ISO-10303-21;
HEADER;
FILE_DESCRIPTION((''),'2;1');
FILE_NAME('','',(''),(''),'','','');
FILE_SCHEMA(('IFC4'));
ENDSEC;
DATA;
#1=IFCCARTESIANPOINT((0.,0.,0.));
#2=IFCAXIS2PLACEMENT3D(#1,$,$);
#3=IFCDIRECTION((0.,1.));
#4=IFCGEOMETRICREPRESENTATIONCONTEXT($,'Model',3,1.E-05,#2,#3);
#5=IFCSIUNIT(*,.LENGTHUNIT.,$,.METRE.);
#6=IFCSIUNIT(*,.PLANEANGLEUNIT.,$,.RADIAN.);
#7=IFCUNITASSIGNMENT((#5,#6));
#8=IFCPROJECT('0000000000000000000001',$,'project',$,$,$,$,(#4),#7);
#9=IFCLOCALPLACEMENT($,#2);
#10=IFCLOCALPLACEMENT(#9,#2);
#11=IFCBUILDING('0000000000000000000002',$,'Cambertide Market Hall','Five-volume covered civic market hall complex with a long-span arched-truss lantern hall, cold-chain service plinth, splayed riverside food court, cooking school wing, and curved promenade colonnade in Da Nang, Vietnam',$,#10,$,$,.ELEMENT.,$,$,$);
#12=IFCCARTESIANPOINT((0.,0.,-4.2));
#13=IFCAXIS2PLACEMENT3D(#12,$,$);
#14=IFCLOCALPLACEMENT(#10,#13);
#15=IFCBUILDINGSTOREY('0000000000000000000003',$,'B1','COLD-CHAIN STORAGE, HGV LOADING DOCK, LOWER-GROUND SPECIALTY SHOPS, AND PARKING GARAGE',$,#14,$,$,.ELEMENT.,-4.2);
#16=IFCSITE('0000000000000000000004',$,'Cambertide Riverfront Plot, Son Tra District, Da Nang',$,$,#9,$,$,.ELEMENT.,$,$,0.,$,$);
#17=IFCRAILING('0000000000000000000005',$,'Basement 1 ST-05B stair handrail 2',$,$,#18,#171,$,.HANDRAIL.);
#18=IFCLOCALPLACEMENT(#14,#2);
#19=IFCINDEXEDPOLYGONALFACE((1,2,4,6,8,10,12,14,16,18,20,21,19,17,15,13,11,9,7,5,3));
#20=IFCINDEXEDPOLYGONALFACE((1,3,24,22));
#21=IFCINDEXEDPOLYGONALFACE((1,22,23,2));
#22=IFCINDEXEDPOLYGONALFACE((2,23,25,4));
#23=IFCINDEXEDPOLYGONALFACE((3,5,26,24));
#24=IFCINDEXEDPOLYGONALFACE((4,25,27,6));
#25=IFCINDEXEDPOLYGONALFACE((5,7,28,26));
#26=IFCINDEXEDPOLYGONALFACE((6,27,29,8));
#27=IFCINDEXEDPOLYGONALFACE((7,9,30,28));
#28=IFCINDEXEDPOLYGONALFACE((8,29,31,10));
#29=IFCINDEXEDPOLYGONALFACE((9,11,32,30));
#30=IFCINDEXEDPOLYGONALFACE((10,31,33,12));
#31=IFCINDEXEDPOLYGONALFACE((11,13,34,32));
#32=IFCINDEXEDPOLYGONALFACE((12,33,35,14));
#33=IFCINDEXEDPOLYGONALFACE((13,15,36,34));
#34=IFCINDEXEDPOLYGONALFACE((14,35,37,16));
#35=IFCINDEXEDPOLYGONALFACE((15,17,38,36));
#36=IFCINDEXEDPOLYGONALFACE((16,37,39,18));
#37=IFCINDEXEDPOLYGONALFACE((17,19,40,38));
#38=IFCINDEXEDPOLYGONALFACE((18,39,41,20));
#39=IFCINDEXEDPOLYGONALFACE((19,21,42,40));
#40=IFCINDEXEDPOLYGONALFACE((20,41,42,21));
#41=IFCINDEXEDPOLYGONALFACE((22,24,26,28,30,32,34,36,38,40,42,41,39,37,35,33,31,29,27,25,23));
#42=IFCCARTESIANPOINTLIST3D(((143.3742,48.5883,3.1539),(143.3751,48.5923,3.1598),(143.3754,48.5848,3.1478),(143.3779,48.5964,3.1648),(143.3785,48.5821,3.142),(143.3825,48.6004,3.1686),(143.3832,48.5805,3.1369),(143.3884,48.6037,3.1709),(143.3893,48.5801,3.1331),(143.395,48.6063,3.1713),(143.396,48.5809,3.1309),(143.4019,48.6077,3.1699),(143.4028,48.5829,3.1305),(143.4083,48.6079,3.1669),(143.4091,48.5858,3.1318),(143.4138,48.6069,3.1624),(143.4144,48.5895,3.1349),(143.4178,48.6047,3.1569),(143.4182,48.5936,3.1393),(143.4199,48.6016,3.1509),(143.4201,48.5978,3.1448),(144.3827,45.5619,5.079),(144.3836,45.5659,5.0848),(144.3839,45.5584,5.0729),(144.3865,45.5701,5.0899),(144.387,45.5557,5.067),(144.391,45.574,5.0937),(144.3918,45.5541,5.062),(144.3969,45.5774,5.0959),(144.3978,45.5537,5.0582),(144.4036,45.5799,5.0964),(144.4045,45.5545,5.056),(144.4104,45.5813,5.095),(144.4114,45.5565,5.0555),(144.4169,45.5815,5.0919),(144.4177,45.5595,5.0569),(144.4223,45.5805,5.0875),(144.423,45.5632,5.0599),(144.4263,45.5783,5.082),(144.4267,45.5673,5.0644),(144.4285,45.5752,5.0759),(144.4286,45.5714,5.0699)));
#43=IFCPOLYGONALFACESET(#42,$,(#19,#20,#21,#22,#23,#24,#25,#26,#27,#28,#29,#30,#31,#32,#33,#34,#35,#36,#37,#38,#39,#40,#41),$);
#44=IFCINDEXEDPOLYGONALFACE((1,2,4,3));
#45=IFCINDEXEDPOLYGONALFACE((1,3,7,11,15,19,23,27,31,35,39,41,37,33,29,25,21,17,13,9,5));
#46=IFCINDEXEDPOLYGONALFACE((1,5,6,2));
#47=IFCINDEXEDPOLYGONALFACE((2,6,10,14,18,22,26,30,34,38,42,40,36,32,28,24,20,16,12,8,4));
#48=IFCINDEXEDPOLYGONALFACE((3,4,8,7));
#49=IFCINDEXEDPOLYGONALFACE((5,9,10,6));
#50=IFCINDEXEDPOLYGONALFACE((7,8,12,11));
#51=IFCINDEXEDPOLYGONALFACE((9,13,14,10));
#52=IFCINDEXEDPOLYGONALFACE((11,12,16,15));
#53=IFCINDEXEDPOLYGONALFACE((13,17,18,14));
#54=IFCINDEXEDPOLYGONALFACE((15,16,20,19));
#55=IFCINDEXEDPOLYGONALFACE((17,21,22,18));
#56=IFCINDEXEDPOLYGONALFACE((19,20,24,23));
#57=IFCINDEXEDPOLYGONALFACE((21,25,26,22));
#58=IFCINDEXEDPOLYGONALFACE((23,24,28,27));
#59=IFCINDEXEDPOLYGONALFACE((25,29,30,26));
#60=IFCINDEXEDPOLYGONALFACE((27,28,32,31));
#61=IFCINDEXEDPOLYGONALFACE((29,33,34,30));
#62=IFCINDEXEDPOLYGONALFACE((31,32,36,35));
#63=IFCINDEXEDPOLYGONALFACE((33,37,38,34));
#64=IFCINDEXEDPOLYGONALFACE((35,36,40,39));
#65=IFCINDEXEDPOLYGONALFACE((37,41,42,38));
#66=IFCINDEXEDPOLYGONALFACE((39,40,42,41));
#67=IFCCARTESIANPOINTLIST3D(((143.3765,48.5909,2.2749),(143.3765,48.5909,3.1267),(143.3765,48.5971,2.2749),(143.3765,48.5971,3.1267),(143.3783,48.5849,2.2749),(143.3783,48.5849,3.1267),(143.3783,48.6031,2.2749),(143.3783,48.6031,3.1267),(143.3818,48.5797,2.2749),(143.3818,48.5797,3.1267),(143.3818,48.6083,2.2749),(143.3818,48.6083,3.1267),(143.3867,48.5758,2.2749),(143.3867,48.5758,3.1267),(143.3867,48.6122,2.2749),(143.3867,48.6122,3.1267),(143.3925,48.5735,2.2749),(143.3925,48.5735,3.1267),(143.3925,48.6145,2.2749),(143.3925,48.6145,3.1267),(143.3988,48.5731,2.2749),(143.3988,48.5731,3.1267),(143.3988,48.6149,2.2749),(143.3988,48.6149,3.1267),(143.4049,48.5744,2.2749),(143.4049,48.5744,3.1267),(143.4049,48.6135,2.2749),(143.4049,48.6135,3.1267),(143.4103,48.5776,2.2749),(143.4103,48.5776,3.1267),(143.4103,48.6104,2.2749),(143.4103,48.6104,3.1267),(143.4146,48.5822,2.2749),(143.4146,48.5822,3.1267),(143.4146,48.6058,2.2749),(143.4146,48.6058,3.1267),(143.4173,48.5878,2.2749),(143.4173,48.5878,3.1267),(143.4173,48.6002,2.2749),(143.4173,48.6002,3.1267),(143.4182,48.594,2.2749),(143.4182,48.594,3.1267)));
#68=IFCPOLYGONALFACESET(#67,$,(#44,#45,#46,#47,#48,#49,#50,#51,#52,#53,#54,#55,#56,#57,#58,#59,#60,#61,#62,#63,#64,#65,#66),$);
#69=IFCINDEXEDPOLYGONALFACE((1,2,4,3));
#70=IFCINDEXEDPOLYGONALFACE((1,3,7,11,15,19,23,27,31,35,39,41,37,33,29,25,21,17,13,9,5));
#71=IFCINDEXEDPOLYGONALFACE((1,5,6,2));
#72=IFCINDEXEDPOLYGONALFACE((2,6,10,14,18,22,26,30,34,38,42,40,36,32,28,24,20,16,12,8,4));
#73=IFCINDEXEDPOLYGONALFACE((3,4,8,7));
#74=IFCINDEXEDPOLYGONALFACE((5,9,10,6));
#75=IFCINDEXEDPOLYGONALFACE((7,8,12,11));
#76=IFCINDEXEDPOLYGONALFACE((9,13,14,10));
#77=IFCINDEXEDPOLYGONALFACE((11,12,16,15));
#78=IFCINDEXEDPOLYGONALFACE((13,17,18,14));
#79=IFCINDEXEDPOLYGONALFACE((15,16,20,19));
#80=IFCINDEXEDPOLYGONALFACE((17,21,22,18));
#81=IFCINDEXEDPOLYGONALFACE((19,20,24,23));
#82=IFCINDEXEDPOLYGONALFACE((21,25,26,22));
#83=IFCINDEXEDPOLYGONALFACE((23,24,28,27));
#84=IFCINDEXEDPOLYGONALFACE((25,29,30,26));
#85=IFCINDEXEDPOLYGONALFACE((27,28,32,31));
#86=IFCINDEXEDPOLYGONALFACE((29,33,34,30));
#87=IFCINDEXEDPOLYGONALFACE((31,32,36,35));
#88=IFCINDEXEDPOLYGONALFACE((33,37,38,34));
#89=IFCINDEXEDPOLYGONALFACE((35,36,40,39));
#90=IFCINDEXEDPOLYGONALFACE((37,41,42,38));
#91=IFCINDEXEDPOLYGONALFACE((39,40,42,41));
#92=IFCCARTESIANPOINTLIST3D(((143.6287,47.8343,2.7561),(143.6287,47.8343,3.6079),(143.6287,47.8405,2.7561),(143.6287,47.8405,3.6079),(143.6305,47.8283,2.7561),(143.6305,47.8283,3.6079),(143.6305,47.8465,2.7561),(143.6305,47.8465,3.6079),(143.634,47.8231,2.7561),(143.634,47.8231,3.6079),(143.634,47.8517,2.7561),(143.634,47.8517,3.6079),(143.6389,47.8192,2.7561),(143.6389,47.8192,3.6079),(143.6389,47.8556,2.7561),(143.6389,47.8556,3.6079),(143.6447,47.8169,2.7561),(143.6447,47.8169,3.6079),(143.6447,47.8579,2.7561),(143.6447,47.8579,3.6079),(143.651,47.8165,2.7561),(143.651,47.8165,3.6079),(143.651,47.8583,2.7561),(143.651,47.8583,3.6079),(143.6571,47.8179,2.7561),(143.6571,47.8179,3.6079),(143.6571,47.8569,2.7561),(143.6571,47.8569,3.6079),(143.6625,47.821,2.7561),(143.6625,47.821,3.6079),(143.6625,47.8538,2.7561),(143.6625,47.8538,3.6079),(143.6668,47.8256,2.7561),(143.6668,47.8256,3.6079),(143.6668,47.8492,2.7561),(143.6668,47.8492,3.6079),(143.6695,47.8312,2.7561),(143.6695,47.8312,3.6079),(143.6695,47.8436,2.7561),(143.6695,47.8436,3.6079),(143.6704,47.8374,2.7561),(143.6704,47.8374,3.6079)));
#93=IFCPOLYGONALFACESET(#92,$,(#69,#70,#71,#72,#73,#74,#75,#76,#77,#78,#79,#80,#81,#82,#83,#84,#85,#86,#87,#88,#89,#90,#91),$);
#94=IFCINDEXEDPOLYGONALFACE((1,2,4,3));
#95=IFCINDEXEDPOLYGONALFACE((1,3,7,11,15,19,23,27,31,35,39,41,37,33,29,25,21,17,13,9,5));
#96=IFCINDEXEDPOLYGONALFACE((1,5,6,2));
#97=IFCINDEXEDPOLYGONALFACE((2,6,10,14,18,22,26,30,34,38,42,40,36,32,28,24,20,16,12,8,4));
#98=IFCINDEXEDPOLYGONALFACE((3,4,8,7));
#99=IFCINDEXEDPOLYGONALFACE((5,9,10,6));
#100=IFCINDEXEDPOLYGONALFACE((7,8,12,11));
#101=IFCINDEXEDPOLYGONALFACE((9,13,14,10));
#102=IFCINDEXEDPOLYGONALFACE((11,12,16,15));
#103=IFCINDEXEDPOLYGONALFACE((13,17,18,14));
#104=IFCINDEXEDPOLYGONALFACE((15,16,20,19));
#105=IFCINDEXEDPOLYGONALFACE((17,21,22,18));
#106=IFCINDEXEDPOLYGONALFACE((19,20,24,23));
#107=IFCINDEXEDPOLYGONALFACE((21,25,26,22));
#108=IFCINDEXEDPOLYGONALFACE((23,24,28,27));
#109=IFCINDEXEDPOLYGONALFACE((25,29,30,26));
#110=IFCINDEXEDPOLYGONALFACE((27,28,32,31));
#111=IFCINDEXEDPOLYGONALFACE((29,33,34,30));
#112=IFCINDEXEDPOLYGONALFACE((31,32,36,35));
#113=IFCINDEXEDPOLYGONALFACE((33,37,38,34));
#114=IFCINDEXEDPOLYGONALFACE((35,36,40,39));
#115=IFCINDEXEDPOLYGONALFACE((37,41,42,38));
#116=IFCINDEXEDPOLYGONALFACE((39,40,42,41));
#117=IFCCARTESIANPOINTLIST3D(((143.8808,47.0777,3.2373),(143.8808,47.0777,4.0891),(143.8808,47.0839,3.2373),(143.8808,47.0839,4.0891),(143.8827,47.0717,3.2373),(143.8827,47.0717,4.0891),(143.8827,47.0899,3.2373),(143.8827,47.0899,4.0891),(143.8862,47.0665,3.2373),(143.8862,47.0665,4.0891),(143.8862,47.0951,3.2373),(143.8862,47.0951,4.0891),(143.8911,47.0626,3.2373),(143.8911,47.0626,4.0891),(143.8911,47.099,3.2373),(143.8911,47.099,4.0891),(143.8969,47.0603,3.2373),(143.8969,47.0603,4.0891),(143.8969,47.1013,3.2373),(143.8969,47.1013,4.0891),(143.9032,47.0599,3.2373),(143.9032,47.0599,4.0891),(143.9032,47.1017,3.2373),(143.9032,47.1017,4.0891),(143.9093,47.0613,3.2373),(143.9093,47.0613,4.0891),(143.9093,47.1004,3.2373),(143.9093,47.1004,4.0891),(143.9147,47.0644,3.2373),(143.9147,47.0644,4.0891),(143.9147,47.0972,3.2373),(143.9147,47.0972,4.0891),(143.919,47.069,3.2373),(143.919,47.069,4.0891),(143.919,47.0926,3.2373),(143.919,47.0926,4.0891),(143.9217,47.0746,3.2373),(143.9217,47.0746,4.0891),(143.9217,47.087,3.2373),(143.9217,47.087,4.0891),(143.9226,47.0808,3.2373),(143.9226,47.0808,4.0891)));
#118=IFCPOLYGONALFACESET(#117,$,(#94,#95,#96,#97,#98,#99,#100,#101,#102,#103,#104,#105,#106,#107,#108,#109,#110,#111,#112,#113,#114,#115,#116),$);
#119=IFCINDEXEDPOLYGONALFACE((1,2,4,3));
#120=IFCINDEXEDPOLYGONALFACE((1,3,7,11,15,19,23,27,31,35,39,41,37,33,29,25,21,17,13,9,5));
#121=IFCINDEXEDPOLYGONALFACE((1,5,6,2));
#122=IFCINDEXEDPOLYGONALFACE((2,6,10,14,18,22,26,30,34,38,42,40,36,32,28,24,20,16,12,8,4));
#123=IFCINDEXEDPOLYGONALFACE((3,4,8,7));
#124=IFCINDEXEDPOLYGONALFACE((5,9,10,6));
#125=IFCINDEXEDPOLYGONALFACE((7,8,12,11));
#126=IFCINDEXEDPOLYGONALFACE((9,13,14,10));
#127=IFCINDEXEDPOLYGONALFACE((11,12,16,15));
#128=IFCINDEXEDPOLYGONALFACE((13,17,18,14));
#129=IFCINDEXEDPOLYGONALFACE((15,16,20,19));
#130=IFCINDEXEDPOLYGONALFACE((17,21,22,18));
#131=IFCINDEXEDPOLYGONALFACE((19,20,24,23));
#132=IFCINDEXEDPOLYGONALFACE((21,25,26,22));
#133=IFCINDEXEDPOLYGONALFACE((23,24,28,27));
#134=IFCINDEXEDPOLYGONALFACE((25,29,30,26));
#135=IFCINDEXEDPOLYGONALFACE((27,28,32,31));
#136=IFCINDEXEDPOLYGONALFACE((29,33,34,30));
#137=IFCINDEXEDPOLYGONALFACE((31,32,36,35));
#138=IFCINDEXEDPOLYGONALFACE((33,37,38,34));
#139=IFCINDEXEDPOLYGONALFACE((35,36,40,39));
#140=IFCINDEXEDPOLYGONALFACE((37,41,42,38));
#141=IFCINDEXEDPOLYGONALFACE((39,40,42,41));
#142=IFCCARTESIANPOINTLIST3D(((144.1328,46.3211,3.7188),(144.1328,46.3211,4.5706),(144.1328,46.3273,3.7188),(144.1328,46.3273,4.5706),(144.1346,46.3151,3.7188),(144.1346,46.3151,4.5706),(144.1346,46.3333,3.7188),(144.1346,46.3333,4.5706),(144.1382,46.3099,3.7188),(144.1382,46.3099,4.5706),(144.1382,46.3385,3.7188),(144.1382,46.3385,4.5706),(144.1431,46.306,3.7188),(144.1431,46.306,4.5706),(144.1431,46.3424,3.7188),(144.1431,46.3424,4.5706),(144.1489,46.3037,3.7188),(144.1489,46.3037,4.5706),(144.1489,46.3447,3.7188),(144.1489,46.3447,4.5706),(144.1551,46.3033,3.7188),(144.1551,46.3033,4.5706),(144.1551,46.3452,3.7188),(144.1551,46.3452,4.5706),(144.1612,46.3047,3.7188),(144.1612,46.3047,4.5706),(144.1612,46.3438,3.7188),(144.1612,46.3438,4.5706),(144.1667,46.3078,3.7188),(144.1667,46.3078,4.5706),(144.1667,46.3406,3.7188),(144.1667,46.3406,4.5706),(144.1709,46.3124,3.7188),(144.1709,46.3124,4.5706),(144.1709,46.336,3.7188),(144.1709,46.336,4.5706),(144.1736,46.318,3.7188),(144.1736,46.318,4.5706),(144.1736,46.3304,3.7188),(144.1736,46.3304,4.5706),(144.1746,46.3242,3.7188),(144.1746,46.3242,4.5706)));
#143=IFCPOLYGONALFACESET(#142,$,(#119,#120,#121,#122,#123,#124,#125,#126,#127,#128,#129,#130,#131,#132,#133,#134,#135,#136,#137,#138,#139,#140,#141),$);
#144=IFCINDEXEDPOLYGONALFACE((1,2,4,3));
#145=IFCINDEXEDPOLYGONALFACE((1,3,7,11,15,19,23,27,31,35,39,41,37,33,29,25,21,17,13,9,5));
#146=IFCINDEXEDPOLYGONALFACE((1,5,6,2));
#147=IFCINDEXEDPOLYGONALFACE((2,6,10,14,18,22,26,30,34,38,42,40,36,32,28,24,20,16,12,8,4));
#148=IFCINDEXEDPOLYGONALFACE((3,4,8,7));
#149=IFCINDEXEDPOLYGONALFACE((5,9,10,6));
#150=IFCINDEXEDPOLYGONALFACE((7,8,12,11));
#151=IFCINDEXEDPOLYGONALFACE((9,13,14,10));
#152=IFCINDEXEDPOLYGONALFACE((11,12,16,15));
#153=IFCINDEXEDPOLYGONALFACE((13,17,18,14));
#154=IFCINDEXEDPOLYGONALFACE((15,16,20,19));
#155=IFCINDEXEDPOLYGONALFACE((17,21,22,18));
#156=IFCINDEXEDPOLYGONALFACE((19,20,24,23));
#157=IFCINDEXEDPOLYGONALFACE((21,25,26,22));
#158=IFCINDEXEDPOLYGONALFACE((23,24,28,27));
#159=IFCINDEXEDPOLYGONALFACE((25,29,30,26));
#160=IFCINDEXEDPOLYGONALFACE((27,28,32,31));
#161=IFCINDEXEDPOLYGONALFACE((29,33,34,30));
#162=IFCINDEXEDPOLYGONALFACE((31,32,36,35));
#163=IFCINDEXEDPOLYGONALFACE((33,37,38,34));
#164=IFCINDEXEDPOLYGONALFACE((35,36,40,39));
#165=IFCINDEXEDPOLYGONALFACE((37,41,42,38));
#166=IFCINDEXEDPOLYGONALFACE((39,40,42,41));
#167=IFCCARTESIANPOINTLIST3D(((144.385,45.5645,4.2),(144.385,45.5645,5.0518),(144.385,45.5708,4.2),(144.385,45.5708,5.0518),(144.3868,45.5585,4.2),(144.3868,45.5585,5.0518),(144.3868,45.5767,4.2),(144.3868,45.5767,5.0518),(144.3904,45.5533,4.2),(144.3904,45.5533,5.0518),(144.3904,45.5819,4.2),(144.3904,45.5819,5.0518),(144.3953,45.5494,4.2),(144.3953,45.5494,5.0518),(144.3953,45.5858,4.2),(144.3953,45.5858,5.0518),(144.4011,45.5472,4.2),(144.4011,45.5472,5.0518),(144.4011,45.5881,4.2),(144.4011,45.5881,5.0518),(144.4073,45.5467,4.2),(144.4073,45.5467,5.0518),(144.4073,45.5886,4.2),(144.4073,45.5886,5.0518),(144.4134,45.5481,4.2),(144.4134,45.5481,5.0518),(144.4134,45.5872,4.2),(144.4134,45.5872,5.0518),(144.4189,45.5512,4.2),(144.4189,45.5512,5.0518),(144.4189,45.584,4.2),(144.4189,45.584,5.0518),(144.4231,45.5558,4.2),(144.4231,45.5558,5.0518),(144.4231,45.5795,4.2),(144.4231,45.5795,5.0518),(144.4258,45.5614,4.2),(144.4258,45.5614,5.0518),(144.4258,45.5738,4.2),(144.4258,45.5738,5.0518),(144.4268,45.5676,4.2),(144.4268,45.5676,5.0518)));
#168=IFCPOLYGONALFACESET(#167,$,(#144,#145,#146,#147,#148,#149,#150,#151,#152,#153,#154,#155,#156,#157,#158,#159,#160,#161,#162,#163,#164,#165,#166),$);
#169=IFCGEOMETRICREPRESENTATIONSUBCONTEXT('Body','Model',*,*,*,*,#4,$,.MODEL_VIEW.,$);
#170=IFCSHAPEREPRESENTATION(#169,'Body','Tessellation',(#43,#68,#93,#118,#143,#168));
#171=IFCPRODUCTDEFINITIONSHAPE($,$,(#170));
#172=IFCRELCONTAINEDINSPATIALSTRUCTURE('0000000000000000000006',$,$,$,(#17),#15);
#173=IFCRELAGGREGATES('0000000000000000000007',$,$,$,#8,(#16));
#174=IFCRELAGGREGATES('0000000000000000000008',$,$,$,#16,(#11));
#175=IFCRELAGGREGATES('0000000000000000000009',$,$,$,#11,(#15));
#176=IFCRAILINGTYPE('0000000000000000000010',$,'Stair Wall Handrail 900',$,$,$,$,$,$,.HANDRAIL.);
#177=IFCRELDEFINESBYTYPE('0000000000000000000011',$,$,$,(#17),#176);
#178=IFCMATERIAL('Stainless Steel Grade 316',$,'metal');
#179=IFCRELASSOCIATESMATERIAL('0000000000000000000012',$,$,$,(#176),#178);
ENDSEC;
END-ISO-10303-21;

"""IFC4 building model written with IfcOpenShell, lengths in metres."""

from ifc_helpers import new_model, si_unit, direction, frame, origin, origin_2d, place, context, subcontext, project, spatial, circle, extrude, material, type_object, element, save


model = new_model("IFC4")

# Units and contexts
model_context = context("Model", 3, precision=1e-05, world=origin(), true_north=direction((0.0, 1.0)))
body_context = subcontext(model_context, "Body", "Model", "MODEL_VIEW")
ifc_project = project(units=[si_unit("LENGTHUNIT", "METRE"), si_unit("PLANEANGLEUNIT", "RADIAN")], contexts=[model_context])

# Site, building, storey
site_placement = place(None, origin())
site = spatial("IfcSite", under=ifc_project, at=site_placement, Name="Cambertide Riverfront Plot, Son Tra District, Da Nang", CompositionType="ELEMENT", RefElevation=0.0)
building_placement = place(site_placement, origin())
building = spatial("IfcBuilding", under=site, at=building_placement, Name="Cambertide Market Hall", Description="Five-volume covered civic market hall complex with a long-span arched-truss lantern hall, cold-chain service plinth, splayed riverside food court, cooking school wing, and curved promenade colonnade in Da Nang, Vietnam", CompositionType="ELEMENT")
storey_placement = place(building_placement, frame((0.0, 0.0, -4.2)))
storey = spatial("IfcBuildingStorey", under=building, at=storey_placement, Name="B1", Description="COLD-CHAIN STORAGE, HGV LOADING DOCK, LOWER-GROUND SPECIALTY SHOPS, AND PARKING GARAGE", CompositionType="ELEMENT", Elevation=-4.2)

# Railing
ifc_material_1 = material(Name="Stainless Steel Grade 316", Category="metal")
railing_type_1 = type_object("IfcRailingType", Name="Stair Wall Handrail 900", PredefinedType="HANDRAIL", material=ifc_material_1)
railing_1_placement = place(storey_placement, frame((143.3972, 48.594, 2.2749)))
element("IfcRailing", 1, at=railing_1_placement, inside=storey, type_object=railing_type_1, Name="Basement 1 ST-05B stair handrail 2", PredefinedType="HANDRAIL", context=body_context, shape_type="SweptSolid", body=[
    extrude(circle(Radius=0.0239, at=origin_2d()), frame((0.0, 0.0, 0.876), z_axis=(0.270689, -0.812265, 0.516675), x_axis=(0.948706, 0.316159, 0.0)), (0.0, 0.0, 1.0), 3.7258),
    extrude(circle(Radius=0.021, at=origin_2d()), origin(), (0.0, 0.0, 1.0), 0.8518),
    extrude(circle(Radius=0.021, at=origin_2d()), frame((0.2522, -0.7566, 0.4812)), (0.0, 0.0, 1.0), 0.8518),
    extrude(circle(Radius=0.021, at=origin_2d()), frame((0.5044, -1.5132, 0.9624)), (0.0, 0.0, 1.0), 0.8518),
    extrude(circle(Radius=0.021, at=origin_2d()), frame((0.7563, -2.2698, 1.4438)), (0.0, 0.0, 1.0), 0.8518),
    extrude(circle(Radius=0.021, at=origin_2d()), frame((1.0085, -3.0264, 1.925)), (0.0, 0.0, 1.0), 0.8518),
])

save(model, "model.ifc")
